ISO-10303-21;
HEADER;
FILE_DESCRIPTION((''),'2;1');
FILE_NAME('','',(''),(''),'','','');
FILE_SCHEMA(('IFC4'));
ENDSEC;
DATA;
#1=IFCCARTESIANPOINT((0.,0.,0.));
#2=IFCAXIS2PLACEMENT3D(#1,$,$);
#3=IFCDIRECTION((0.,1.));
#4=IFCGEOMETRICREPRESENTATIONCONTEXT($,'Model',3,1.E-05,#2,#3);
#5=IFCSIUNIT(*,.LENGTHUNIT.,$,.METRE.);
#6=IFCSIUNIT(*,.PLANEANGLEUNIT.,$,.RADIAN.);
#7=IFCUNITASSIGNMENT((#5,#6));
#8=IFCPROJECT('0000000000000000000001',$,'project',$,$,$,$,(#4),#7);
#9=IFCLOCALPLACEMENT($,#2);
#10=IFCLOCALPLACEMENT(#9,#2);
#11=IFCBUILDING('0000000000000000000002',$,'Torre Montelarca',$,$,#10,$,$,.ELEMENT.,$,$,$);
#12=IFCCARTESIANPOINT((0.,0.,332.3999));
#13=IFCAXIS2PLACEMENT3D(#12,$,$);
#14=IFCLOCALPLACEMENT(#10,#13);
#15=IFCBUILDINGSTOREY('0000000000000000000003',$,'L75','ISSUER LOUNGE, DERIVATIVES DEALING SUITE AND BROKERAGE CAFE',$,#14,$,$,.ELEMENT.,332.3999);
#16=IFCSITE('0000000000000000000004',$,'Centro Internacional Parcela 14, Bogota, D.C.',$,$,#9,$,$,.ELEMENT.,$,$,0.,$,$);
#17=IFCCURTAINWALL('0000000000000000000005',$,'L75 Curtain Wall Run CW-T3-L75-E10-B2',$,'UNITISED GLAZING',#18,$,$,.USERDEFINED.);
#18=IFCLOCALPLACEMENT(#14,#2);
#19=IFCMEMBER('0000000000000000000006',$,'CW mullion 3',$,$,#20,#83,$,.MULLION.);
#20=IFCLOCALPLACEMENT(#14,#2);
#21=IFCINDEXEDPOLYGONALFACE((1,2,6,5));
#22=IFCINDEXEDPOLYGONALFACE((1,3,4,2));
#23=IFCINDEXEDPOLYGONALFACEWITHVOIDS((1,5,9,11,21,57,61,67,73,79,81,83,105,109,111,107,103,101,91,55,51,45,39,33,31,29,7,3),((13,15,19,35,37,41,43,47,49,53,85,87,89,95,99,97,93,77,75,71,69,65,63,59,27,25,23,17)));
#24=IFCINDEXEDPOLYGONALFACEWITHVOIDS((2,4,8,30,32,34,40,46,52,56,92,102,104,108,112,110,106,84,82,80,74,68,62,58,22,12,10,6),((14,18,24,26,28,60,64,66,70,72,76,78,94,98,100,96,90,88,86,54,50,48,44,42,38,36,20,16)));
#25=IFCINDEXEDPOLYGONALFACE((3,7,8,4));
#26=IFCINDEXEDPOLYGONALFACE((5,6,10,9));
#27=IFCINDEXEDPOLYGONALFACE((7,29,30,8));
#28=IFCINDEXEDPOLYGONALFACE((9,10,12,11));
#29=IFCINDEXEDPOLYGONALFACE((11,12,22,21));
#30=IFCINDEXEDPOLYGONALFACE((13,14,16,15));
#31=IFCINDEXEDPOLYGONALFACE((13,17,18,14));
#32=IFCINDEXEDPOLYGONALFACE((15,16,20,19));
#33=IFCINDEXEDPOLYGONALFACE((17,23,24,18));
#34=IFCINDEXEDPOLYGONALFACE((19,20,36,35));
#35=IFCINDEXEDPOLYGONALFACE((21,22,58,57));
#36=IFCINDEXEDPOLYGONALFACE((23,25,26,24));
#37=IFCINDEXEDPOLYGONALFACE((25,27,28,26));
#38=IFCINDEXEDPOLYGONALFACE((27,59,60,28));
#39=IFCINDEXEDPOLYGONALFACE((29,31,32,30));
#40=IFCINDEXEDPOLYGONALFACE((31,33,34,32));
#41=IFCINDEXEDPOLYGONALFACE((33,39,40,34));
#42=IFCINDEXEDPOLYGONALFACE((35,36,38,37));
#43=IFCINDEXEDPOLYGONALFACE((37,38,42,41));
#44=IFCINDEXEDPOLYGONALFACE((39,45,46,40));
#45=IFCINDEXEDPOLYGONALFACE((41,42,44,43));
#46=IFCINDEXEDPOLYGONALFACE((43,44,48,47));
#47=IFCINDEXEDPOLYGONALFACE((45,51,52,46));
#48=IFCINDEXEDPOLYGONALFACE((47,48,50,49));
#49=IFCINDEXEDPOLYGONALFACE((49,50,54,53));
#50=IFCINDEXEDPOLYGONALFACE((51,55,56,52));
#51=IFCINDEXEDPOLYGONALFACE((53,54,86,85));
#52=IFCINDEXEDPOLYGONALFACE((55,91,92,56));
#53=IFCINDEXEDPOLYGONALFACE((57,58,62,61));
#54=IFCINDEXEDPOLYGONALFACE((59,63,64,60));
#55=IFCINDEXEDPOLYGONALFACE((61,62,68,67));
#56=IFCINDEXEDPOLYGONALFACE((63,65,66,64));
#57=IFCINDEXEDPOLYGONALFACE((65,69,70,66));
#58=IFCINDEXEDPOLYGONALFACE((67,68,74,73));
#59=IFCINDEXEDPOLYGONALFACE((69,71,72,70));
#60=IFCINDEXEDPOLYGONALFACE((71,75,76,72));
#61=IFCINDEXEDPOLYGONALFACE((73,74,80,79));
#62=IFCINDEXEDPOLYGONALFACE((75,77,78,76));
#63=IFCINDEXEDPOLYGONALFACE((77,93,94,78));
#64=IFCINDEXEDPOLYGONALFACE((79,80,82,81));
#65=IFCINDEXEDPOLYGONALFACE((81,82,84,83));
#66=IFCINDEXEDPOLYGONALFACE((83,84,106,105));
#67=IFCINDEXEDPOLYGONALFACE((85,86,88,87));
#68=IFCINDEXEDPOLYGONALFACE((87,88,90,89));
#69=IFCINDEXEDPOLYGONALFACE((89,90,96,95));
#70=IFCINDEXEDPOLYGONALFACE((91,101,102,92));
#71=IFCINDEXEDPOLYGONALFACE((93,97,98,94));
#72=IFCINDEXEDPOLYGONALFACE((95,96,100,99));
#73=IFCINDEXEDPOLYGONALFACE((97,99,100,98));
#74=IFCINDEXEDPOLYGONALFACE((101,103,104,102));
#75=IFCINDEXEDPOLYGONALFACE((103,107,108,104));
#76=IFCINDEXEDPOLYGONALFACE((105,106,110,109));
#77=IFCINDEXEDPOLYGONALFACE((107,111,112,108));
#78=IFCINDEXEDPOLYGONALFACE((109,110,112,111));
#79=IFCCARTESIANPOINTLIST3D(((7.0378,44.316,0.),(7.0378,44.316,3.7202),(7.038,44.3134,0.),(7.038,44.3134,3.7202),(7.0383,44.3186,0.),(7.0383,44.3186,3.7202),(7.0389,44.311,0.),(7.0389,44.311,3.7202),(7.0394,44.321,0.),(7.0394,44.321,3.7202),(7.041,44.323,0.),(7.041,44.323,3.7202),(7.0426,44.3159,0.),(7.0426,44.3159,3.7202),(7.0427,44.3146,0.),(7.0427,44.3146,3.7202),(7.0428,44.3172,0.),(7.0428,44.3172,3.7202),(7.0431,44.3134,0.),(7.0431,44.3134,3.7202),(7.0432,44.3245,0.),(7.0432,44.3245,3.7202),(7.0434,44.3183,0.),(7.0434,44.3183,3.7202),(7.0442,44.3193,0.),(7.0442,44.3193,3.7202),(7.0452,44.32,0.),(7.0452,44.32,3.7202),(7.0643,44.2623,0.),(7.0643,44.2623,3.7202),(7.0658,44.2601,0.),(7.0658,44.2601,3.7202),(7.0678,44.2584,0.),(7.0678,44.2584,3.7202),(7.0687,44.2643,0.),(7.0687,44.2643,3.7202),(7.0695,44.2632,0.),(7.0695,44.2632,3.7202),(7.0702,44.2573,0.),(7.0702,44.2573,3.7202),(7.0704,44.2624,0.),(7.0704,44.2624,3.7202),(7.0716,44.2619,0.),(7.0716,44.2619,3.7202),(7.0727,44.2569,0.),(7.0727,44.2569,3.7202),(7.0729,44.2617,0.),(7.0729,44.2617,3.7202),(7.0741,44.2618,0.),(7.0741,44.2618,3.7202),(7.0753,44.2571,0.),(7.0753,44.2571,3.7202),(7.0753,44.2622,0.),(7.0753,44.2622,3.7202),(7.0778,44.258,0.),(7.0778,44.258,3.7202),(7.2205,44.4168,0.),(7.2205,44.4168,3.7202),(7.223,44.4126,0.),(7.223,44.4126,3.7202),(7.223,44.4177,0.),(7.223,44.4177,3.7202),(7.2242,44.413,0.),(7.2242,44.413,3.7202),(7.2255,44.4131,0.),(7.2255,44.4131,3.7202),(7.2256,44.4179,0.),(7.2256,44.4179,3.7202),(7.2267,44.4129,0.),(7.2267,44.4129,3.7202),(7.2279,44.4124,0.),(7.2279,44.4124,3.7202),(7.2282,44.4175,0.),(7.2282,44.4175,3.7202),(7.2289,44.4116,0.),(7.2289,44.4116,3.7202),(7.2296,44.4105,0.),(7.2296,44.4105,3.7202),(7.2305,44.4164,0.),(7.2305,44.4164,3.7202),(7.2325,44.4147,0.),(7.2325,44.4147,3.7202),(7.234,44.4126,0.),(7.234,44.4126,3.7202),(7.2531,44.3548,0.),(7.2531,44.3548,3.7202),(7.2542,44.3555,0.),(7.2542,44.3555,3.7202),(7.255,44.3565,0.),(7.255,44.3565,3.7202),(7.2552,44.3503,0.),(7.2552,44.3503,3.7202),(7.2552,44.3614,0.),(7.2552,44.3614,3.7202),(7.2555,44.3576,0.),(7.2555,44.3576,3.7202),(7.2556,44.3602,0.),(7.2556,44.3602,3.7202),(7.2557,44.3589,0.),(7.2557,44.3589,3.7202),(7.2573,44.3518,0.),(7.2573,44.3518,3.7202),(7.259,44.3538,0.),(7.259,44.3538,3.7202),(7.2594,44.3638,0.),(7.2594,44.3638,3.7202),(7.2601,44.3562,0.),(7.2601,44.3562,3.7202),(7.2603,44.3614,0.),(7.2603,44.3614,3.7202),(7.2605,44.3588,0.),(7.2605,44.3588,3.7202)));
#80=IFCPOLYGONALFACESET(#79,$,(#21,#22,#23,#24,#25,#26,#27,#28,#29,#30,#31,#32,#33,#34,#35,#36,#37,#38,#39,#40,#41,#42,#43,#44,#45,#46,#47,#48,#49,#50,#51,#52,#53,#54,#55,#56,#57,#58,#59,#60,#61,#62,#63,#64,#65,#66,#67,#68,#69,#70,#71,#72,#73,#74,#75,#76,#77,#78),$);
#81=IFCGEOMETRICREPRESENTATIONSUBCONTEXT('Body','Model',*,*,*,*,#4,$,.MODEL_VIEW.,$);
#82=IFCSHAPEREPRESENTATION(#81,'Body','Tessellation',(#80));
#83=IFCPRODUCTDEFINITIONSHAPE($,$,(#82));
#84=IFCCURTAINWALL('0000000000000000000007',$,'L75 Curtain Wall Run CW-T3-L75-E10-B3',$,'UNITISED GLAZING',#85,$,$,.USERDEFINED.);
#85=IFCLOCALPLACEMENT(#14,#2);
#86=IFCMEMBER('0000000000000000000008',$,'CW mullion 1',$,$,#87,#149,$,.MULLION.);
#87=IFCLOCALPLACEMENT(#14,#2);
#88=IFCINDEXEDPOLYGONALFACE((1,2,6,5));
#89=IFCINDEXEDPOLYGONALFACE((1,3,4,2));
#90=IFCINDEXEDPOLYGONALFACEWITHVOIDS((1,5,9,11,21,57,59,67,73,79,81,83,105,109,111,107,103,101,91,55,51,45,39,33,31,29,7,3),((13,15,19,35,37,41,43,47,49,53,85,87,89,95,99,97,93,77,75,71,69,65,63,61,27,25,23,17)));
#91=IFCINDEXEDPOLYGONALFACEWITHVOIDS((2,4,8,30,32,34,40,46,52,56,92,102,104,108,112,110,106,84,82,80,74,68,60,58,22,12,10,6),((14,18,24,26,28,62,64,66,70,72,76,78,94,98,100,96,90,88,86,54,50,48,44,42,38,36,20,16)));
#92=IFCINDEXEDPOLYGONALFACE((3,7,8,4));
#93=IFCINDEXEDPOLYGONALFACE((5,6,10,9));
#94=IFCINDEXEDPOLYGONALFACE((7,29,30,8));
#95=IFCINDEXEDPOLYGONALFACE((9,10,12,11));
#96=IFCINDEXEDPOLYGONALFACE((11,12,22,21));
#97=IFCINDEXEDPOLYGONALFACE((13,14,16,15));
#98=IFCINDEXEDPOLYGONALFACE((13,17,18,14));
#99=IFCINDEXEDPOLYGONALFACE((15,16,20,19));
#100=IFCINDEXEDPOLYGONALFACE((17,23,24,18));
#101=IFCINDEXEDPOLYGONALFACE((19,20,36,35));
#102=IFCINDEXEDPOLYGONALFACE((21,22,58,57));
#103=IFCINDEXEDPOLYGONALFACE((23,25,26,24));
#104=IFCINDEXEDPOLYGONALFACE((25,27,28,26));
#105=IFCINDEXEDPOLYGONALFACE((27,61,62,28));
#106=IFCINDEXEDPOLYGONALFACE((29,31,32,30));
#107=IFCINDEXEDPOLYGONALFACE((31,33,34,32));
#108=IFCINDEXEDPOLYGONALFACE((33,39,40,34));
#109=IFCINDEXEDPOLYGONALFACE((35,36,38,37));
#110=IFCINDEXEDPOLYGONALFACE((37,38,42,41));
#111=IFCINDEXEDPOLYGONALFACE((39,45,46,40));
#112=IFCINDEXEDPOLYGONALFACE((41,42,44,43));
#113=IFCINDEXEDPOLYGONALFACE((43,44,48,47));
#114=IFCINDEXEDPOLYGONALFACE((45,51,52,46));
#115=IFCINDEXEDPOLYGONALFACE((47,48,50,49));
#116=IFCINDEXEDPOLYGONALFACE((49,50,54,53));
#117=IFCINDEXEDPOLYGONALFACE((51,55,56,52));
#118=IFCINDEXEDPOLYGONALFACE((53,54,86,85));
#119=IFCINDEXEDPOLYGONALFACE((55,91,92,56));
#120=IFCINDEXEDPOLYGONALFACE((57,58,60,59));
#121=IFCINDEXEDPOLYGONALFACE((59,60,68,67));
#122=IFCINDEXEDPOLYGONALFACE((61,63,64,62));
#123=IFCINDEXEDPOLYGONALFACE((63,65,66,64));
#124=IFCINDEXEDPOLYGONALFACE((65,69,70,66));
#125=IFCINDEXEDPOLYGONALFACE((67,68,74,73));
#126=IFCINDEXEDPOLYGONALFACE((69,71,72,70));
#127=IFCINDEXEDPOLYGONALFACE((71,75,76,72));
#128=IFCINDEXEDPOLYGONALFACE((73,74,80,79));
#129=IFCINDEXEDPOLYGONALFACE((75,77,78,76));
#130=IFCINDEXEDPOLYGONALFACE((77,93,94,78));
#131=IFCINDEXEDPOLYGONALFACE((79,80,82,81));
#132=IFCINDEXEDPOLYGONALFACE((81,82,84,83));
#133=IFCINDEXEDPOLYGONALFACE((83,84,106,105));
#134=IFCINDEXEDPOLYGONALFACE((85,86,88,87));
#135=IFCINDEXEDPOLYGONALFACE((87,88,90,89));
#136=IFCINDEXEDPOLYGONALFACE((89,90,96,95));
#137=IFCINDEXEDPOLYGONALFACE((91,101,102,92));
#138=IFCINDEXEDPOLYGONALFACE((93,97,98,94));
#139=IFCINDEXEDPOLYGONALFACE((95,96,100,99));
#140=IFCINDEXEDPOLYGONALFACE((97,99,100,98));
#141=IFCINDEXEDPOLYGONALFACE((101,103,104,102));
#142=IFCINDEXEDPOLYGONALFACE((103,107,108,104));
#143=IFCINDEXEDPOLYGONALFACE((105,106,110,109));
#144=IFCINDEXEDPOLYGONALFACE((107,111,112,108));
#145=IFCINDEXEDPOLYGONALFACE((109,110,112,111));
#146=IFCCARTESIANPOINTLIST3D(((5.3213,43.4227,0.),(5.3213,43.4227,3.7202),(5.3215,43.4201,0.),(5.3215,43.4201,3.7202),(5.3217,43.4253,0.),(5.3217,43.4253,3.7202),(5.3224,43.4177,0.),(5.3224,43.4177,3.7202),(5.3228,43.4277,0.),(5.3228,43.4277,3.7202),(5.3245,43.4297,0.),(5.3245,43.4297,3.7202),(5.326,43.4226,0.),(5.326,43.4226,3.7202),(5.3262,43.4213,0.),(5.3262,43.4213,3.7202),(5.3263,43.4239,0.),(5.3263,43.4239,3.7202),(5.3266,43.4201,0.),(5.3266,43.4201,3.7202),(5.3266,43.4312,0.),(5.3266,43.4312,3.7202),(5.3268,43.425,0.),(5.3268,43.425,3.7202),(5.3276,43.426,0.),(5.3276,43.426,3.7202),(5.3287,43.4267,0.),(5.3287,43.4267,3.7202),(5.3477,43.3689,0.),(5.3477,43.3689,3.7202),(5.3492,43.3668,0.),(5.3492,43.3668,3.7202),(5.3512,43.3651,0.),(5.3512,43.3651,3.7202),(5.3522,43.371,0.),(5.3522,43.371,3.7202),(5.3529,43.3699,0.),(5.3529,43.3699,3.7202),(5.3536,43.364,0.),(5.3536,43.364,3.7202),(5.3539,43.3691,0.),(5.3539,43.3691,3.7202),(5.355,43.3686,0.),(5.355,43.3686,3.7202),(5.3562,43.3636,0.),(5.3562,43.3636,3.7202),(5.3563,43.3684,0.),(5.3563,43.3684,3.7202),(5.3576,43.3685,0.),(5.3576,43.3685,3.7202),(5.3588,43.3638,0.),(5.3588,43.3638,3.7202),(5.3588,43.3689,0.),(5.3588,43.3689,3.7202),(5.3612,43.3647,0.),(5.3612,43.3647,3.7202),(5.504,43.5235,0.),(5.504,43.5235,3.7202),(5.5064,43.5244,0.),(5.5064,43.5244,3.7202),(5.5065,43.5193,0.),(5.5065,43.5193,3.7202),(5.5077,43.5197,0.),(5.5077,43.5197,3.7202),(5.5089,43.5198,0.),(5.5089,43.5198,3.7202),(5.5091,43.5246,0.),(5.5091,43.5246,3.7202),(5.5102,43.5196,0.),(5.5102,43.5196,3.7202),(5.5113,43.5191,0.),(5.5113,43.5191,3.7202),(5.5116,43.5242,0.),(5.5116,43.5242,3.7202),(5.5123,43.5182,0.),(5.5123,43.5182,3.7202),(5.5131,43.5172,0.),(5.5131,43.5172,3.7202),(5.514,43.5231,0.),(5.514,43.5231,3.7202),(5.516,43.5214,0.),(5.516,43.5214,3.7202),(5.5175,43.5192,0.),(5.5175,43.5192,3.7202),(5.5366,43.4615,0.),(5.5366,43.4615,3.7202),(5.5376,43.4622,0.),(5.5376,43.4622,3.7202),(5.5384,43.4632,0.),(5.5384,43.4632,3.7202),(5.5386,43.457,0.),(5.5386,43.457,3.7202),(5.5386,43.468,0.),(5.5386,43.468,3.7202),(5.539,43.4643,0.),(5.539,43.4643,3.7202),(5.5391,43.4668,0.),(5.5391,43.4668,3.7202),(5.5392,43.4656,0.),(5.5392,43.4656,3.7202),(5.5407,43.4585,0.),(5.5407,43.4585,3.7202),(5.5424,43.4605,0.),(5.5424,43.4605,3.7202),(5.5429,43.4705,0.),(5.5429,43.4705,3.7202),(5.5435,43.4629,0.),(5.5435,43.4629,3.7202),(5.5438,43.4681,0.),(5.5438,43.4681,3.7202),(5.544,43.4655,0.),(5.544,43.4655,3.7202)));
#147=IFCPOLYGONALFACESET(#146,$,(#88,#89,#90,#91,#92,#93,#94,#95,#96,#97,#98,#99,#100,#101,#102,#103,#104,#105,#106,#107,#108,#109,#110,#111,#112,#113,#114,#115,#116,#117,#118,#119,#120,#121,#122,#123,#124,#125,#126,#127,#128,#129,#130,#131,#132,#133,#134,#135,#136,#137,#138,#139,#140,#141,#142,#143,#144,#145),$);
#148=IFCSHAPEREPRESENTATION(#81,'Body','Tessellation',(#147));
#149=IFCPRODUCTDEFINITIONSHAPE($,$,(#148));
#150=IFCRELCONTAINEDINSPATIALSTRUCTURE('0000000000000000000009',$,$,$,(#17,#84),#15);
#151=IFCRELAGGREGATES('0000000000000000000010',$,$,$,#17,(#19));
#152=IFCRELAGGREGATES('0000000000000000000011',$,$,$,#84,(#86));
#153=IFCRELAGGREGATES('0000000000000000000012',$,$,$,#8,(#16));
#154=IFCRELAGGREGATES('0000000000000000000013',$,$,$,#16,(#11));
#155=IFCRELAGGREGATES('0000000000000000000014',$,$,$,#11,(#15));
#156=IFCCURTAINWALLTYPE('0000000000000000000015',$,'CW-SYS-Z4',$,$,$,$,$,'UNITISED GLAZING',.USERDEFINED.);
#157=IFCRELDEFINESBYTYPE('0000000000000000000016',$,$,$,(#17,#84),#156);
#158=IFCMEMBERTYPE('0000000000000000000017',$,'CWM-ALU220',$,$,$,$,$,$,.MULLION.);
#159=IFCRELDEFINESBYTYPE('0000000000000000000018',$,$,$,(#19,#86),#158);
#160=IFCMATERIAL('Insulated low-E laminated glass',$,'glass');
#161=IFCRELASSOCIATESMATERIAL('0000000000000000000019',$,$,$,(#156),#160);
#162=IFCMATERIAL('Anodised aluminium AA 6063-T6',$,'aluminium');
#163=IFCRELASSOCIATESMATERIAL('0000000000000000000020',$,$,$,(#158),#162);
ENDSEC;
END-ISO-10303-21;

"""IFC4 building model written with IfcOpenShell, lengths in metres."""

from ifc_helpers import new_model, si_unit, direction, frame, origin, origin_2d, place, context, subcontext, project, spatial, hollow_rectangle, extrude, source, transform, mapped, material, material_profile, profile_set, type_object, element, aggregate, save


model = new_model("IFC4")

# Units and contexts
model_context = context("Model", 3, precision=1e-05, world=origin(), true_north=direction((0.0, 1.0)))
body_context = subcontext(model_context, "Body", "Model", "MODEL_VIEW")
ifc_project = project(units=[si_unit("LENGTHUNIT", "METRE"), si_unit("PLANEANGLEUNIT", "RADIAN")], contexts=[model_context])

# Site, building, storey
site_placement = place(None, origin())
site = spatial("IfcSite", under=ifc_project, at=site_placement, Name="Centro Internacional Parcela 14, Bogota, D.C.", CompositionType="ELEMENT", RefElevation=0.0)
building_placement = place(site_placement, origin())
building = spatial("IfcBuilding", under=site, at=building_placement, Name="Torre Montelarca", CompositionType="ELEMENT")
storey_placement = place(building_placement, frame((0.0, 0.0, 332.3999)))
storey = spatial("IfcBuildingStorey", under=building, at=storey_placement, Name="L75", Description="ISSUER LOUNGE, DERIVATIVES DEALING SUITE AND BROKERAGE CAFE", CompositionType="ELEMENT", Elevation=332.3999)

# Curtain walls, members
ifc_material_1 = material(Name="Insulated low-E laminated glass", Category="glass")
curtain_wall_type = type_object("IfcCurtainWallType", Name="CW-SYS-Z4", ElementType="UNITISED GLAZING", PredefinedType="USERDEFINED", material=ifc_material_1)
curtain_wall_1_placement = place(storey_placement, origin())
curtain_wall_1 = element("IfcCurtainWall", 1, at=curtain_wall_1_placement, inside=storey, type_object=curtain_wall_type, Name="L75 Curtain Wall Run CW-T3-L75-E10-B2", ObjectType="UNITISED GLAZING", PredefinedType="USERDEFINED")
ifc_material_2 = material(Name="Anodised aluminium AA 6063-T6", Category="aluminium")
ifc_material_profile_1 = material_profile(ifc_material_2, hollow_rectangle(XDim=0.075, YDim=0.22, WallThickness=0.0049, InnerFilletRadius=0.0049, OuterFilletRadius=0.01, at=origin_2d()), Name="ALU75X220X5", Category="aluminium")
ifc_profile_set_1 = profile_set([ifc_material_profile_1], Name="Anodised aluminium AA 6063-T6")
member_type_1 = type_object("IfcMemberType", Name="CWM-ALU220", PredefinedType="MULLION", material=ifc_profile_set_1)
shared_shape_1 = source(origin(), body_context, "Body", "SweptSolid", [
    extrude(hollow_rectangle(XDim=0.075, YDim=0.22, WallThickness=0.0049, InnerFilletRadius=0.0049, OuterFilletRadius=0.01, at=origin_2d()), origin(), (0.0, 0.0, 1.0), 3.7202),
])
member_1_placement = place(storey_placement, frame((7.1492, 44.3374, 0.0), z_axis=(0.0, 0.0, 1.0), x_axis=(0.461757, -0.887007, 0.0)))
member_1 = element("IfcMember", 2, at=member_1_placement, type_object=member_type_1, Name="CW mullion 3", PredefinedType="MULLION", context=body_context, shape_type="MappedRepresentation", body=[
    mapped(shared_shape_1, transform((0.0, 0.0, 0.0), scale=1.0)),
])
curtain_wall_2_placement = place(storey_placement, origin())
curtain_wall_2 = element("IfcCurtainWall", 3, at=curtain_wall_2_placement, inside=storey, type_object=curtain_wall_type, Name="L75 Curtain Wall Run CW-T3-L75-E10-B3", ObjectType="UNITISED GLAZING", PredefinedType="USERDEFINED")
member_2_placement = place(storey_placement, frame((5.4326, 43.4441, 0.0), z_axis=(0.0, 0.0, 1.0), x_axis=(0.461739, -0.887016, 0.0)))
member_2 = element("IfcMember", 4, at=member_2_placement, type_object=member_type_1, Name="CW mullion 1", PredefinedType="MULLION", context=body_context, shape_type="MappedRepresentation", body=[
    mapped(shared_shape_1, transform((0.0, 0.0, 0.0), scale=1.0)),
])

aggregate(curtain_wall_1, [member_1])
aggregate(curtain_wall_2, [member_2])

save(model, "model.ifc")
